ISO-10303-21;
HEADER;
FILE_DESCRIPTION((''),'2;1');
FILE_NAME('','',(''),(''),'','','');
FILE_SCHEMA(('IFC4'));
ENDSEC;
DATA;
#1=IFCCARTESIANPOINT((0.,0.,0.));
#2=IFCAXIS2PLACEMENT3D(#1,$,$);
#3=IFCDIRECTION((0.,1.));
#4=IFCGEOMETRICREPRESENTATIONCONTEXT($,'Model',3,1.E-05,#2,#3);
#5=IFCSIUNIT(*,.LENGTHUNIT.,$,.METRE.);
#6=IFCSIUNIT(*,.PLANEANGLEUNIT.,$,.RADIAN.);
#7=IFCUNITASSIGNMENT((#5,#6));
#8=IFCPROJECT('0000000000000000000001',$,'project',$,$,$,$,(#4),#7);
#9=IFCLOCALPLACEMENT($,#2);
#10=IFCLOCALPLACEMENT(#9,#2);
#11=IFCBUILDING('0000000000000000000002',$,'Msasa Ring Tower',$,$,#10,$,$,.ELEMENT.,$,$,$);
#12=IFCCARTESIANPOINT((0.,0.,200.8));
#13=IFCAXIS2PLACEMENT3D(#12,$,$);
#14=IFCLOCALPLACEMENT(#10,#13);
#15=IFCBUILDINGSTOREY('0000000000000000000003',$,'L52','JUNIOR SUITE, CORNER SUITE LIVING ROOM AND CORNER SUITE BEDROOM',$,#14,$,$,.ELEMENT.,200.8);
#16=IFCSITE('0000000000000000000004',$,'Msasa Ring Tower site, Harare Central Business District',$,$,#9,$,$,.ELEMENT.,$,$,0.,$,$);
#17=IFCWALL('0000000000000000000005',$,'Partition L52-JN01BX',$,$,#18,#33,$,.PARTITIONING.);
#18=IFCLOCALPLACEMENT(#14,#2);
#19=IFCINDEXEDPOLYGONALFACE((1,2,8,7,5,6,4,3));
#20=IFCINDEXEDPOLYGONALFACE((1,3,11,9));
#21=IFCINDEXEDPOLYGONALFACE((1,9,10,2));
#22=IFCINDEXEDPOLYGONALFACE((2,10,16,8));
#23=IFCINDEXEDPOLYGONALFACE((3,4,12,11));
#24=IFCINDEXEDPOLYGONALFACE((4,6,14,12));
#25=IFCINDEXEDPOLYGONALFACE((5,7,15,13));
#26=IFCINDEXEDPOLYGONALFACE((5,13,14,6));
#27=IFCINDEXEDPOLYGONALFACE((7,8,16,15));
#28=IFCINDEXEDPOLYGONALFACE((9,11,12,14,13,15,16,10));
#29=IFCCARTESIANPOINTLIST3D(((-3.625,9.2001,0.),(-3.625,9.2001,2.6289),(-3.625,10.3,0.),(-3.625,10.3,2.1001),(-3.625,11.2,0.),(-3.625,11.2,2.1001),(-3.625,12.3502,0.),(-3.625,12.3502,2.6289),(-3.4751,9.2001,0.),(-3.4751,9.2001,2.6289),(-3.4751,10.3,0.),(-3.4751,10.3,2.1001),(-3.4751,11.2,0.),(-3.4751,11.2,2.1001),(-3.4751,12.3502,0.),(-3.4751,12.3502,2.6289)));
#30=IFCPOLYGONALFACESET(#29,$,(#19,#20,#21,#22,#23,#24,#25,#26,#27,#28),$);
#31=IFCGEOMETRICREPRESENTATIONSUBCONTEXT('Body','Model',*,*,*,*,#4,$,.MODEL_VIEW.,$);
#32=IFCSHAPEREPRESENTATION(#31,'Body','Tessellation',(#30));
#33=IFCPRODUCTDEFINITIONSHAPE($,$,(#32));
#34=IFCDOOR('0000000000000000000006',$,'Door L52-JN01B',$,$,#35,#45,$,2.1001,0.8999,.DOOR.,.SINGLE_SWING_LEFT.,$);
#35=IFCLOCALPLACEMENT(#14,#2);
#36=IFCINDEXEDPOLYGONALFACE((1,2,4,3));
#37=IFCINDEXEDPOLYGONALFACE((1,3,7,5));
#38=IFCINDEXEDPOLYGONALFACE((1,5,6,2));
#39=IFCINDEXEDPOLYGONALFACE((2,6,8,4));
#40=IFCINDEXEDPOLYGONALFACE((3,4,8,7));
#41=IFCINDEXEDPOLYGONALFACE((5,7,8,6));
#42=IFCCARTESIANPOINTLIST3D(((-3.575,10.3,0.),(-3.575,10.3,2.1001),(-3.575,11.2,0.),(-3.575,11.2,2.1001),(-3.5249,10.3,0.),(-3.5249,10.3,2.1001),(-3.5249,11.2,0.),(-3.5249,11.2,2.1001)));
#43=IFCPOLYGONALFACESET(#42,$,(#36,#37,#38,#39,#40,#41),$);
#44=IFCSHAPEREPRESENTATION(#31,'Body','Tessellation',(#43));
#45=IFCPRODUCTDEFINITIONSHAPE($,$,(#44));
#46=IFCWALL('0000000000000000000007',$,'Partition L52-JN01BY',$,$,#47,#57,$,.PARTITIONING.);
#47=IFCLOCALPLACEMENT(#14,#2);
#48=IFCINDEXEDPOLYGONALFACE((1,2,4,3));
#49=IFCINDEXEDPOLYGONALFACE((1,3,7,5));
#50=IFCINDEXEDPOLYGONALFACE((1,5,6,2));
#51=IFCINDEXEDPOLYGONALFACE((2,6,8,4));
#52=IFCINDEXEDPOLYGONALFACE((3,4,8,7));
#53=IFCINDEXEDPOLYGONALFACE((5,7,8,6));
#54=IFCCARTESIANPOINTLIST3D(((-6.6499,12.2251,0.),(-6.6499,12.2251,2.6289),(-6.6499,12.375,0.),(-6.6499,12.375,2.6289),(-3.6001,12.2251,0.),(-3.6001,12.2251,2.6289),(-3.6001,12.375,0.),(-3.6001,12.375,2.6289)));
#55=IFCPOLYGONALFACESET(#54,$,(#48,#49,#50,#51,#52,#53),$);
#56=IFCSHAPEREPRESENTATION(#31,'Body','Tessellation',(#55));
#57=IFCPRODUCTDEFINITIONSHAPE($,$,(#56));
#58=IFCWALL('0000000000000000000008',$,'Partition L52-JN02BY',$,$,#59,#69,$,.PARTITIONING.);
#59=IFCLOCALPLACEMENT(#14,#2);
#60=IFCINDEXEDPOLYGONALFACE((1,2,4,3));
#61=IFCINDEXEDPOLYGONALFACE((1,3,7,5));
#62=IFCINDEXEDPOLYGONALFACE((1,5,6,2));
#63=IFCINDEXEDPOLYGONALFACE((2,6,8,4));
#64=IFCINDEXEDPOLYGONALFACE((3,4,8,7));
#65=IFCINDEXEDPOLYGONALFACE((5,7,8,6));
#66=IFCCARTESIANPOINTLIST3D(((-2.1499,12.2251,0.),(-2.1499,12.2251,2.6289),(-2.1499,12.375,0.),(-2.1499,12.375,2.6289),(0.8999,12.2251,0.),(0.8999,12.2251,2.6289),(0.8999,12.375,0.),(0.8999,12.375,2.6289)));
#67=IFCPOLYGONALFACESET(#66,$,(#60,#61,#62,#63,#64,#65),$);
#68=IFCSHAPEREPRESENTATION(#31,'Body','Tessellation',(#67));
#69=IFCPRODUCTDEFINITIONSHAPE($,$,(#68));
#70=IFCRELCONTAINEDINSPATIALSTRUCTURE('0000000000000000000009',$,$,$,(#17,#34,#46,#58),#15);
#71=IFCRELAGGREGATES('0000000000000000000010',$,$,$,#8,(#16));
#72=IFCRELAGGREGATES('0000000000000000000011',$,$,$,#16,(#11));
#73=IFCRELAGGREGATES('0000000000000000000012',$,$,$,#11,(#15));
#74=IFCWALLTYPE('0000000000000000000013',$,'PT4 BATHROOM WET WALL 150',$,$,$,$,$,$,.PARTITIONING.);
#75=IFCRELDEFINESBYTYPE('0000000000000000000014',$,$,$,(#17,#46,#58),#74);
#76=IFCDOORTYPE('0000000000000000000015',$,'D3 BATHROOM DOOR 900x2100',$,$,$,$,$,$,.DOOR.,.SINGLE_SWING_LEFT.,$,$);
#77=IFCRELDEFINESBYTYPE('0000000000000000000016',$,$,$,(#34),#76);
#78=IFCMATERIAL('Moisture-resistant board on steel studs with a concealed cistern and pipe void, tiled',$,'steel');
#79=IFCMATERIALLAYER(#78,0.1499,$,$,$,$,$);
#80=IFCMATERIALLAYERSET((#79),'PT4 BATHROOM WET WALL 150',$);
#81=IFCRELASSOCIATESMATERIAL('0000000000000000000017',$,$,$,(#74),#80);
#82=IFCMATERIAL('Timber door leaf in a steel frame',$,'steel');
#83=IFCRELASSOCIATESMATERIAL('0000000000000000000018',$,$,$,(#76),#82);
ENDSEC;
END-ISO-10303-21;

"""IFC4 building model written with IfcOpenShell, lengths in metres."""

from ifc_helpers import new_model, si_unit, direction, frame, frame_2d, origin, place, context, subcontext, project, spatial, rectangle, extrude, material, layer, layer_set, type_object, element, fill, save


model = new_model("IFC4")

# Units and contexts
model_context = context("Model", 3, precision=1e-05, world=origin(), true_north=direction((0.0, 1.0)))
body_context = subcontext(model_context, "Body", "Model", "MODEL_VIEW")
ifc_project = project(units=[si_unit("LENGTHUNIT", "METRE"), si_unit("PLANEANGLEUNIT", "RADIAN")], contexts=[model_context])

# Site, building, storey
site_placement = place(None, origin())
site = spatial("IfcSite", under=ifc_project, at=site_placement, Name="Msasa Ring Tower site, Harare Central Business District", CompositionType="ELEMENT", RefElevation=0.0)
building_placement = place(site_placement, origin())
building = spatial("IfcBuilding", under=site, at=building_placement, Name="Msasa Ring Tower", CompositionType="ELEMENT")
storey_placement = place(building_placement, frame((0.0, 0.0, 200.8)))
storey = spatial("IfcBuildingStorey", under=building, at=storey_placement, Name="L52", Description="JUNIOR SUITE, CORNER SUITE LIVING ROOM AND CORNER SUITE BEDROOM", CompositionType="ELEMENT", Elevation=200.8)

# Shared definitions
ifc_material_1 = material(Name="Moisture-resistant board on steel studs with a concealed cistern and pipe void, tiled", Category="steel")
ifc_layer_1 = layer(ifc_material_1, 0.1499)
ifc_layer_set_1 = layer_set([ifc_layer_1], Name="PT4 BATHROOM WET WALL 150")
wall_type_1 = type_object("IfcWallType", Name="PT4 BATHROOM WET WALL 150", PredefinedType="PARTITIONING", material=ifc_layer_set_1)
ifc_material_2 = material(Name="Timber door leaf in a steel frame", Category="steel")
door_type = type_object("IfcDoorType", Name="D3 BATHROOM DOOR 900x2100", OperationType="SINGLE_SWING_LEFT", PredefinedType="DOOR", material=ifc_material_2)

# Wall, opening, door
wall_1_placement = place(storey_placement, frame((-3.55, 9.2, 0.0), z_axis=(0.0, 0.0, 1.0), x_axis=(0.0, 1.0, 0.0)))
wall_1 = element("IfcWall", 1, at=wall_1_placement, inside=storey, type_object=wall_type_1, Name="Partition L52-JN01BX", PredefinedType="PARTITIONING", context=body_context, shape_type="SweptSolid", body=[
    extrude(rectangle(XDim=3.1501, YDim=0.1499, at=frame_2d((1.5752, 0.0))), origin(), (0.0, 0.0, 1.0), 2.6289),
])
opening_1_placement = place(wall_1_placement, frame((1.1001, 0.0, 0.0)))
opening_1 = element("IfcOpeningElement", 2, at=opening_1_placement, cuts=wall_1, PredefinedType="OPENING", context=body_context, shape_type="SweptSolid", body=[
    extrude(rectangle(XDim=0.8999, YDim=2.1001, at=frame_2d((0.45, 1.05))), frame((0.0, 0.085, 0.0), z_axis=(0.0, -1.0, 0.0), x_axis=(1.0, 0.0, 0.0)), (0.0, 0.0, 1.0), 0.1699),
])
door_1_placement = place(opening_1_placement, origin())
door_1 = element("IfcDoor", 3, at=door_1_placement, inside=storey, type_object=door_type, Name="Door L52-JN01B", OperationType="SINGLE_SWING_LEFT", OverallHeight=2.1001, OverallWidth=0.8999, PredefinedType="DOOR", context=body_context, shape_type="SweptSolid", body=[
    extrude(rectangle(XDim=0.8999, YDim=2.1001, at=frame_2d((0.45, 1.05))), frame((0.0, 0.0249, 0.0), z_axis=(0.0, -1.0, 0.0), x_axis=(1.0, 0.0, 0.0)), (0.0, 0.0, 1.0), 0.05),
])
fill(opening_1, door_1)

# Walls
for number, where, z_axis, x_axis, name in (
    (4, (-6.6499, 12.3, 0.0), (0.0, 0.0, 1.0), (1.0, 0.0, 0.0), "Partition L52-JN01BY"),
    (5, (-2.1499, 12.3, 0.0), (0.0, 0.0, 1.0), (1.0, 0.0, 0.0), "Partition L52-JN02BY"),
):
    element("IfcWall", number, at=place(storey_placement, frame(where, z_axis=z_axis, x_axis=x_axis)), inside=storey, type_object=wall_type_1, Name=name, PredefinedType="PARTITIONING", context=body_context, shape_type="SweptSolid", body=[
        extrude(rectangle(XDim=3.0498, YDim=0.1499, at=frame_2d((1.5249, 0.0))), origin(), (0.0, 0.0, 1.0), 2.6289),
    ])

save(model, "model.ifc")
